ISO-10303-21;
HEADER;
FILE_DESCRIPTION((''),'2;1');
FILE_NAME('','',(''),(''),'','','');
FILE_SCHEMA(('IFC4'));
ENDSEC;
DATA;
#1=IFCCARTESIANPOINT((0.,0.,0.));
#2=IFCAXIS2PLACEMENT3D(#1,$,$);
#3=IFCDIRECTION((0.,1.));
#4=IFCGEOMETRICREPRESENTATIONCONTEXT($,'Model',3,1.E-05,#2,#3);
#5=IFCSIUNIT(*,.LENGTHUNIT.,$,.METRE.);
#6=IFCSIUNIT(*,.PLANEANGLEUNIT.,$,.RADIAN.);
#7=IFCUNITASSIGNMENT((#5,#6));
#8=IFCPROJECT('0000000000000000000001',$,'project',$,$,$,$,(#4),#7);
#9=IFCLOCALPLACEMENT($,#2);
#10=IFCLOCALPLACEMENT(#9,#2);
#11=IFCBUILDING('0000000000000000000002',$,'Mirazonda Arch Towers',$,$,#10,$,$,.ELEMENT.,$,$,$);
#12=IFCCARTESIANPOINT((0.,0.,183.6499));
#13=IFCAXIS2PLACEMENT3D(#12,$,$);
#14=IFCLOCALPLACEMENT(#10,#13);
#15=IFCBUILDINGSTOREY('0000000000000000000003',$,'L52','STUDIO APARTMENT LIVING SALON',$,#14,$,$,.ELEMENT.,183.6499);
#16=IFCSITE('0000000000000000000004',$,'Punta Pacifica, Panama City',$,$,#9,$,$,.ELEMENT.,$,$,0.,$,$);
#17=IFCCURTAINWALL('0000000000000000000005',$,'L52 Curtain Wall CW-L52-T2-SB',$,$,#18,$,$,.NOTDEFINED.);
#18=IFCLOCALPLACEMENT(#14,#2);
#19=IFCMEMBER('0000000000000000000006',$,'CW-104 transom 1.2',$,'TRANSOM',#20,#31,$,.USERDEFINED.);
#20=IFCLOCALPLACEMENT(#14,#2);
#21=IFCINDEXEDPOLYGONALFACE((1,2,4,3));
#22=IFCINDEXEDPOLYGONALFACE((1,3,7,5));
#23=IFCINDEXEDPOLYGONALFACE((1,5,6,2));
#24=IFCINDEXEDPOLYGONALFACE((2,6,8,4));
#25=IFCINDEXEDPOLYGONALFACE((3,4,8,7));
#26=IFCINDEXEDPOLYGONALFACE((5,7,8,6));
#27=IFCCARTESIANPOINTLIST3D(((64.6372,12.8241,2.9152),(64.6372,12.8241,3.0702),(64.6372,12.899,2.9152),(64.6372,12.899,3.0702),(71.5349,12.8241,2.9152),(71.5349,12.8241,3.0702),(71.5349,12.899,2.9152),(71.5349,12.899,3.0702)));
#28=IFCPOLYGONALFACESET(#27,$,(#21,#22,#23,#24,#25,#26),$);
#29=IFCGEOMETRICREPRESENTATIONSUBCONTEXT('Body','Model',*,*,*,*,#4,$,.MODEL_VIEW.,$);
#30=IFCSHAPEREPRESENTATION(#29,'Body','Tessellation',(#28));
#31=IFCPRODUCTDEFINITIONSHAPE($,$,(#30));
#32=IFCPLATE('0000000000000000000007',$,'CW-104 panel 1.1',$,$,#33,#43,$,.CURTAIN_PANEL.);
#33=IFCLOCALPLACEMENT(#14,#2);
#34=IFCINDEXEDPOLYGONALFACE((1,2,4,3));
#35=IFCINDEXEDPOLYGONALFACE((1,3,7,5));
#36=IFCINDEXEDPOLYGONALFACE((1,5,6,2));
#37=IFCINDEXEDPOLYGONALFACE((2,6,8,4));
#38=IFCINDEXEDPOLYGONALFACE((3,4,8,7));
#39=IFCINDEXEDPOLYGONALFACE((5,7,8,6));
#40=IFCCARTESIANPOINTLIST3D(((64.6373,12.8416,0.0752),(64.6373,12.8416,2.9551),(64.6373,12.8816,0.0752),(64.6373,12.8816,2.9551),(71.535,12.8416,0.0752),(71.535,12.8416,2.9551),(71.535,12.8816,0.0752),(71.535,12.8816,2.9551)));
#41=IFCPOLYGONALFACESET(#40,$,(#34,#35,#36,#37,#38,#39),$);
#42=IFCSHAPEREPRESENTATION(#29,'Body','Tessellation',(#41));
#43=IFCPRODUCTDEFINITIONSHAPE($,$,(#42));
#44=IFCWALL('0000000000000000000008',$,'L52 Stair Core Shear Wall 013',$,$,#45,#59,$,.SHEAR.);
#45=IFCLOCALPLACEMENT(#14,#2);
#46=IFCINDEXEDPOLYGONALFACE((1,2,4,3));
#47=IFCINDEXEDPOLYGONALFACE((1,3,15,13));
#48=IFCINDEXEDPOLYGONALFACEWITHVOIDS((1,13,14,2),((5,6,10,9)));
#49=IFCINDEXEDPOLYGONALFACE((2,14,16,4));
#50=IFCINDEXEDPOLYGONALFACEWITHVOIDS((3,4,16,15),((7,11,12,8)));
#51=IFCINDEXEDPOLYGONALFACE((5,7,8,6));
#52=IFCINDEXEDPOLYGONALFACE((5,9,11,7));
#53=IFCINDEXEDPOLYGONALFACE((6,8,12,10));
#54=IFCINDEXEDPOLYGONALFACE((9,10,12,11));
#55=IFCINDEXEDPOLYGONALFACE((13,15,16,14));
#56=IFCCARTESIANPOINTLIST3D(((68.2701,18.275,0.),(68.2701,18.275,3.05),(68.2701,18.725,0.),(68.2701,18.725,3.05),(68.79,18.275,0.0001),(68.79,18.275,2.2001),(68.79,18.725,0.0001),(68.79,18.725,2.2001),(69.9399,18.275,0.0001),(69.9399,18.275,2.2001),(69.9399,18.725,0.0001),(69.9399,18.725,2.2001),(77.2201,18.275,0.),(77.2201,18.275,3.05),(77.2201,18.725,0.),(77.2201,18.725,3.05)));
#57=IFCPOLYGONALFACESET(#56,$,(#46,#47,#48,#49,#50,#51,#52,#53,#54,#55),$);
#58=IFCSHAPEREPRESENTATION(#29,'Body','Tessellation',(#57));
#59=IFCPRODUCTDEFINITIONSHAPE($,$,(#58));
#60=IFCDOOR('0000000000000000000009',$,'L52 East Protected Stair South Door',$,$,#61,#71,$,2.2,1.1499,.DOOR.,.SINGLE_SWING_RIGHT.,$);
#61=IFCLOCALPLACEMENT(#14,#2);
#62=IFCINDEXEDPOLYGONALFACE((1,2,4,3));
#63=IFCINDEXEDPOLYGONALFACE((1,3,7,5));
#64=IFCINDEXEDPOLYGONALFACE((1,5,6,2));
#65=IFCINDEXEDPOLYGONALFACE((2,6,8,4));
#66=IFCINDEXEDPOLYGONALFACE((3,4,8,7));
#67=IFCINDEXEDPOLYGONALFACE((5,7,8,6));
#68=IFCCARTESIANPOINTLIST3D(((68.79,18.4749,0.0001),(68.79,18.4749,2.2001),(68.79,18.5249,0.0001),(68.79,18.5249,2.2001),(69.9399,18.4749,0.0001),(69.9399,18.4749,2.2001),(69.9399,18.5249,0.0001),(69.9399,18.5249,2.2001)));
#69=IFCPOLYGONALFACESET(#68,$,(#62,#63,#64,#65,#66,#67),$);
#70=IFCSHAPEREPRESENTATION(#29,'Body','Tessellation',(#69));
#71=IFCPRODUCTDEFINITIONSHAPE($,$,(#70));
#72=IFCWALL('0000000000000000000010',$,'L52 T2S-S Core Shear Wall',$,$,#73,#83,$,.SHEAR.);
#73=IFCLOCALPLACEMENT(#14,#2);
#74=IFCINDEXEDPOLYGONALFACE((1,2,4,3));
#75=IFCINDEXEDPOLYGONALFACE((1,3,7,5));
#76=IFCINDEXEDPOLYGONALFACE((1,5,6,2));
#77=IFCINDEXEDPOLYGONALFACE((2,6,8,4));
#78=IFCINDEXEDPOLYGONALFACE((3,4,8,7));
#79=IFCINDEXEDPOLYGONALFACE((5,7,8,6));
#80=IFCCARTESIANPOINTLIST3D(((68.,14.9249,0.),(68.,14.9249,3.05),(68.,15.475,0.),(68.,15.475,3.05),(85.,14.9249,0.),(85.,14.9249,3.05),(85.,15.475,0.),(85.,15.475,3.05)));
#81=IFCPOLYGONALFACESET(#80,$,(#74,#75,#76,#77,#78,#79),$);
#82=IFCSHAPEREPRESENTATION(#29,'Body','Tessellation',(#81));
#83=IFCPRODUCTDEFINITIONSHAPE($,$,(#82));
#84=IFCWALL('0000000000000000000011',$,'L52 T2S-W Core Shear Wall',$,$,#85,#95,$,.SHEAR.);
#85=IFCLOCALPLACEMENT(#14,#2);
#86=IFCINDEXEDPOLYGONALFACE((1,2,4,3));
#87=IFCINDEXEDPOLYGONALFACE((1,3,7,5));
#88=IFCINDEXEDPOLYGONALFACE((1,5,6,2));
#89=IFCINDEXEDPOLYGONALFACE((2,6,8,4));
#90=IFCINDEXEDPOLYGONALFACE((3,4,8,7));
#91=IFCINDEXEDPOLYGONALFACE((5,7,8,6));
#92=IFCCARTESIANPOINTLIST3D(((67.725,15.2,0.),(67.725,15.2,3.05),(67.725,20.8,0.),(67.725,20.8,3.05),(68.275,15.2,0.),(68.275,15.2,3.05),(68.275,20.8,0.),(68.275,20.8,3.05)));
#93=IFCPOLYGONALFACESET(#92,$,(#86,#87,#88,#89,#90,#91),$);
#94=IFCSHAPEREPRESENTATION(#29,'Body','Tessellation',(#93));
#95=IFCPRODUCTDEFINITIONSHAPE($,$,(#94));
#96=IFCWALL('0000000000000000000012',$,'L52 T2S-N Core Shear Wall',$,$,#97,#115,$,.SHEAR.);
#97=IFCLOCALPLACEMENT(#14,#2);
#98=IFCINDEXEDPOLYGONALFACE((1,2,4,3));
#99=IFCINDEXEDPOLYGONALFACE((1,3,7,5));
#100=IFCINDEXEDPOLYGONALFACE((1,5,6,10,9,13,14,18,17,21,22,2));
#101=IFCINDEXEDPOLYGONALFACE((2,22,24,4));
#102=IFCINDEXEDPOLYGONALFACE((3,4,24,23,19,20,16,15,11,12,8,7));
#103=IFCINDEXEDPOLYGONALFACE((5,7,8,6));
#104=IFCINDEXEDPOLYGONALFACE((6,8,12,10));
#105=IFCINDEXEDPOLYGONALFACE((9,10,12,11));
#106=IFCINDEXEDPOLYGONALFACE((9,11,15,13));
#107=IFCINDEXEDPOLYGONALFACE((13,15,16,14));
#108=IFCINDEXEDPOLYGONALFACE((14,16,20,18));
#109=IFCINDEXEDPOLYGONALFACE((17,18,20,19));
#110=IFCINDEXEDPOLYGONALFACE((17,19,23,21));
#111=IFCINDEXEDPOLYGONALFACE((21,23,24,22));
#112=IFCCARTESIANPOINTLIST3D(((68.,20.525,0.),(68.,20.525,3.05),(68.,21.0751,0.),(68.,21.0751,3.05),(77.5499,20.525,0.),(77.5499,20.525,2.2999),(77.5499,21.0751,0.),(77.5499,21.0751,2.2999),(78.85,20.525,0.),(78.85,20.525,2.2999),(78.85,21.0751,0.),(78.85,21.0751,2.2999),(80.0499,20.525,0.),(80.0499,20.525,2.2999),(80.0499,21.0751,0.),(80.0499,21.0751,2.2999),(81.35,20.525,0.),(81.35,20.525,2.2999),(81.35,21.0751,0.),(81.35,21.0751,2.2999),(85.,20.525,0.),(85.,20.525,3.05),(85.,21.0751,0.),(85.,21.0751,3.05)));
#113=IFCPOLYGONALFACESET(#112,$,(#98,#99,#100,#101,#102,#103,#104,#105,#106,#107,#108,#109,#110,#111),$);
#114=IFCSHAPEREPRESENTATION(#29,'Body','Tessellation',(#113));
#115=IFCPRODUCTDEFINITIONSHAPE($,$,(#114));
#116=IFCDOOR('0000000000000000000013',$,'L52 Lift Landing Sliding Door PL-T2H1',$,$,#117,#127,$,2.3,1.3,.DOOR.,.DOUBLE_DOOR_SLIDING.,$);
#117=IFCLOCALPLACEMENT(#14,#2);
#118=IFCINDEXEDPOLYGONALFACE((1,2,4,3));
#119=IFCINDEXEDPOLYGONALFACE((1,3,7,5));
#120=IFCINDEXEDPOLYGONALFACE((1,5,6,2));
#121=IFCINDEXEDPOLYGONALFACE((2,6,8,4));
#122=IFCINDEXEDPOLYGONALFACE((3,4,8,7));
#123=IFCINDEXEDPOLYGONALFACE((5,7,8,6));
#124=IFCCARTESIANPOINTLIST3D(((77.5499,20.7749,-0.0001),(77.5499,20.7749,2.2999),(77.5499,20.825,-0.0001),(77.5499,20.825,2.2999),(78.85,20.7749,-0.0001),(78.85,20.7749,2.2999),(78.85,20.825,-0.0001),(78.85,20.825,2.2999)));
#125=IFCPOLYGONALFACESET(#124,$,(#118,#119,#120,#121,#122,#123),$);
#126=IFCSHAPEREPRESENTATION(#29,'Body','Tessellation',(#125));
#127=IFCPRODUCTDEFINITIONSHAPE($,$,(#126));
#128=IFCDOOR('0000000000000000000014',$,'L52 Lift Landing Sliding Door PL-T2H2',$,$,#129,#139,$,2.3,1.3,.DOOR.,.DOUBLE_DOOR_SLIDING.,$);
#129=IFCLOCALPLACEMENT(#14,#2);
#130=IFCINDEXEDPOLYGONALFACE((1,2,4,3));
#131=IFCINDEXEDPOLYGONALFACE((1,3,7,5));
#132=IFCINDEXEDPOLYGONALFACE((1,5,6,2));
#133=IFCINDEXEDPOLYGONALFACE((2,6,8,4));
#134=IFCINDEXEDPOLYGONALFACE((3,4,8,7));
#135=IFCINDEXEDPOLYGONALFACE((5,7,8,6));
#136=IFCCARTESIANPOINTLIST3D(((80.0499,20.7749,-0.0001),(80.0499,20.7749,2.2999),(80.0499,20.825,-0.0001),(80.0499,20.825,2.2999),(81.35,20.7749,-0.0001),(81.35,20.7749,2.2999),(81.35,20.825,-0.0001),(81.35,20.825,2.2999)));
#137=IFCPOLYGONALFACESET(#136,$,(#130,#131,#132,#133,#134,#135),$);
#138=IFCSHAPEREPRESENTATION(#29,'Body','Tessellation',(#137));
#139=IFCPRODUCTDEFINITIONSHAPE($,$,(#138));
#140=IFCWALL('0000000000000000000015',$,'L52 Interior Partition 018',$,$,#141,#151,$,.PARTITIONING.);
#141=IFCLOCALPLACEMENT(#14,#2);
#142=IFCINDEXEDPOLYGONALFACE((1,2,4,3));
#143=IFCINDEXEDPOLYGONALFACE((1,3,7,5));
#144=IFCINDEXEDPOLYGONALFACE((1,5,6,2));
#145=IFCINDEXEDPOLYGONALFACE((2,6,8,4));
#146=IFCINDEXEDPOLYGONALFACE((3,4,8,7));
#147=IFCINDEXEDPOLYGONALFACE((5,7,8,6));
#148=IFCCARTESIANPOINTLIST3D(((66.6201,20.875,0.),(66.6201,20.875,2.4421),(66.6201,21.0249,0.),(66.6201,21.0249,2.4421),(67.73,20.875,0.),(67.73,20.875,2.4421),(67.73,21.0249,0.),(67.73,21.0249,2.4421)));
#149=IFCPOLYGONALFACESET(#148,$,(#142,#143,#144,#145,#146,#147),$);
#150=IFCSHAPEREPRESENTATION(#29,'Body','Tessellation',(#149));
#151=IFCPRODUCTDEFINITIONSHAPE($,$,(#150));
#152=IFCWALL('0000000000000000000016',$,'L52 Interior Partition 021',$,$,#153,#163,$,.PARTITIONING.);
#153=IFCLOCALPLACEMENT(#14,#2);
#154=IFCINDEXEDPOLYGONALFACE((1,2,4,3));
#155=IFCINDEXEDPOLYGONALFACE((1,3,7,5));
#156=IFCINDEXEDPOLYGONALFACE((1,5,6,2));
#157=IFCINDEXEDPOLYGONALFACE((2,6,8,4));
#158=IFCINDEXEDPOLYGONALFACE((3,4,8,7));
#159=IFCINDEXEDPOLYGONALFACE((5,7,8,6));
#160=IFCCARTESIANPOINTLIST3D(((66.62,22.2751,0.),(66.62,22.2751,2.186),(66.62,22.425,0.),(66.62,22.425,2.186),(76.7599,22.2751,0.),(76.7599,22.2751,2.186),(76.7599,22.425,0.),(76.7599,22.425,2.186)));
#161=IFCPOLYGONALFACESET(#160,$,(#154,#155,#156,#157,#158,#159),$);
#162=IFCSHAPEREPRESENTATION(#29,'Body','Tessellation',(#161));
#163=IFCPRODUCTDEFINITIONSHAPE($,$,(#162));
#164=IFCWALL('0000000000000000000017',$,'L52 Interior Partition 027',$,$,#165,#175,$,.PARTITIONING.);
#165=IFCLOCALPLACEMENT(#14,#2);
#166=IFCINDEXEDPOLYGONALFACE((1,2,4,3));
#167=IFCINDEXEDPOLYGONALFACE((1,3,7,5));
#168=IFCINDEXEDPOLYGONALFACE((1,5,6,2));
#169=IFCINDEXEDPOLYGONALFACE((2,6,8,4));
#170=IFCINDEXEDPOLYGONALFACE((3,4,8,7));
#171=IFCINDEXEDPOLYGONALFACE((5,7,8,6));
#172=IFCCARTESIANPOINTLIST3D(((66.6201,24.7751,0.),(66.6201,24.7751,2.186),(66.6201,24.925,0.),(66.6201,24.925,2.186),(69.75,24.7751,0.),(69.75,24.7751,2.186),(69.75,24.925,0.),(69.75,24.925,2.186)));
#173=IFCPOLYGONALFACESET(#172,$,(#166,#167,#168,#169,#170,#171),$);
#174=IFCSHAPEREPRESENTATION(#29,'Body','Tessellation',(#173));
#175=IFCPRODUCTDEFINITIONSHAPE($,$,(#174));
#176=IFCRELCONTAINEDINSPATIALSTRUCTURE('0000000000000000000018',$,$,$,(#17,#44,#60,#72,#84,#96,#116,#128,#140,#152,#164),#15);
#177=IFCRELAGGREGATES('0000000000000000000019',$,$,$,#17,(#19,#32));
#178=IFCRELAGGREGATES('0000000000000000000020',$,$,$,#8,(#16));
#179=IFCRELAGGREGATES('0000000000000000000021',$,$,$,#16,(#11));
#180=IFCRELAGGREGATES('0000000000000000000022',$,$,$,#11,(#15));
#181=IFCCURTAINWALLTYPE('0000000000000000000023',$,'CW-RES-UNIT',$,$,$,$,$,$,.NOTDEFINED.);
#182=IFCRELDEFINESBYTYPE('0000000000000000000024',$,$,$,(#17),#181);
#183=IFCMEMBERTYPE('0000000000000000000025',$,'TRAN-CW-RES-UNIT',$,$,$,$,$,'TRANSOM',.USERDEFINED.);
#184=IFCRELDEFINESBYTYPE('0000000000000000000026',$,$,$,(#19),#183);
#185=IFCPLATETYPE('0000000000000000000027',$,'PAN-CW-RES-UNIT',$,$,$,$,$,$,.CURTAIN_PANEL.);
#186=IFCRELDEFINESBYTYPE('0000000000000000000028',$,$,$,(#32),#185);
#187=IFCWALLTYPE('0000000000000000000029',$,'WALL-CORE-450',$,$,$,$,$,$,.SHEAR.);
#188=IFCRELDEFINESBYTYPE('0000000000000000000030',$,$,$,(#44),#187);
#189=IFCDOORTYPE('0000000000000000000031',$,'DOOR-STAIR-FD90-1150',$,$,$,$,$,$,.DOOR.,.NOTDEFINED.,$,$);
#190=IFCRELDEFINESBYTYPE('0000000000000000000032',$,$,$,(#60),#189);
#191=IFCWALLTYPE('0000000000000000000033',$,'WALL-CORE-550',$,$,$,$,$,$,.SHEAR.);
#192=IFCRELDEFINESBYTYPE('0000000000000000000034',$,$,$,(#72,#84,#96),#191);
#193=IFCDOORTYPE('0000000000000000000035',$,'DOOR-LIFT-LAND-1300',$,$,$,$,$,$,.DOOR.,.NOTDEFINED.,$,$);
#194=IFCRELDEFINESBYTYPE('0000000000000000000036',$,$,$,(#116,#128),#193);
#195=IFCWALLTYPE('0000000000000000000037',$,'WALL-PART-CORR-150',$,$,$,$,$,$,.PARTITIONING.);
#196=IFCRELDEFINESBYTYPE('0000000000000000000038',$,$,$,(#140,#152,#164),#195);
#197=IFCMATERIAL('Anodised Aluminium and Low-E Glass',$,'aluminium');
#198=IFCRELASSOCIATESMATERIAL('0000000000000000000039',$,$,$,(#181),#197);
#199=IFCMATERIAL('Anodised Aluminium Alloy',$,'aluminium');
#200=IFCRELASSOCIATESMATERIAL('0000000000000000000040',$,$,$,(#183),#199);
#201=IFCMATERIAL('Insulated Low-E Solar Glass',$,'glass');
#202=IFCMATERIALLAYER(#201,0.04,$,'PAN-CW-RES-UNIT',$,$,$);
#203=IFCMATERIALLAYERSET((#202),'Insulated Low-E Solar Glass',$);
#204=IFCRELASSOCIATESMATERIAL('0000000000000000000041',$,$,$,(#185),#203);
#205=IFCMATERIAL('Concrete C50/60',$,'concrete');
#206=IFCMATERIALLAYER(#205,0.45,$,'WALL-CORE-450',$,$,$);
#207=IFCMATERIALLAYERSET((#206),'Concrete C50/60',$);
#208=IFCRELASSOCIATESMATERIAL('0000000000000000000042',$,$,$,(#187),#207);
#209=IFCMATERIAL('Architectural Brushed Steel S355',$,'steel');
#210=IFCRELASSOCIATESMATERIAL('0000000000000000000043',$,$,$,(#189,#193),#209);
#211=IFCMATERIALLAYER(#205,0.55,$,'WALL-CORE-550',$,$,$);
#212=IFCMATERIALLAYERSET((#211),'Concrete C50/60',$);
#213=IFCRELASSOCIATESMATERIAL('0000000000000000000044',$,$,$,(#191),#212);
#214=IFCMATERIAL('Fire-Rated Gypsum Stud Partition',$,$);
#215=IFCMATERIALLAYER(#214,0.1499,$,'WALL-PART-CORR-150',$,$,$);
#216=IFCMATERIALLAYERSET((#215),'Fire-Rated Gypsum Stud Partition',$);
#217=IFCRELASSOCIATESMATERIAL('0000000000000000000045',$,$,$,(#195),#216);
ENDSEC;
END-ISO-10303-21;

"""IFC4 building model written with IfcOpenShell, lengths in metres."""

from ifc_helpers import new_model, si_unit, direction, frame, frame_2d, origin, origin_2d, place, context, subcontext, project, spatial, rectangle, extrude, material, layer, layer_set, material_profile, profile_set, type_object, element, fill, aggregate, save


model = new_model("IFC4")

# Units and contexts
model_context = context("Model", 3, precision=1e-05, world=origin(), true_north=direction((0.0, 1.0)))
body_context = subcontext(model_context, "Body", "Model", "MODEL_VIEW")
ifc_project = project(units=[si_unit("LENGTHUNIT", "METRE"), si_unit("PLANEANGLEUNIT", "RADIAN")], contexts=[model_context])

# Site, building, storey
site_placement = place(None, origin())
site = spatial("IfcSite", under=ifc_project, at=site_placement, Name="Punta Pacifica, Panama City", CompositionType="ELEMENT", RefElevation=0.0)
building_placement = place(site_placement, origin())
building = spatial("IfcBuilding", under=site, at=building_placement, Name="Mirazonda Arch Towers", CompositionType="ELEMENT")
storey_placement = place(building_placement, frame((0.0, 0.0, 183.6499)))
storey = spatial("IfcBuildingStorey", under=building, at=storey_placement, Name="L52", Description="STUDIO APARTMENT LIVING SALON", CompositionType="ELEMENT", Elevation=183.6499)

# Shared definitions
ifc_material_1 = material(Name="Concrete C50/60", Category="concrete")

# Curtain wall, member, plate
ifc_material_2 = material(Name="Anodised Aluminium and Low-E Glass", Category="aluminium")
curtain_wall_type = type_object("IfcCurtainWallType", Name="CW-RES-UNIT", PredefinedType="NOTDEFINED", material=ifc_material_2)
curtain_wall_placement = place(storey_placement, origin())
curtain_wall = element("IfcCurtainWall", 1, at=curtain_wall_placement, inside=storey, type_object=curtain_wall_type, Name="L52 Curtain Wall CW-L52-T2-SB", PredefinedType="NOTDEFINED")
ifc_material_3 = material(Name="Anodised Aluminium Alloy", Category="aluminium")
ifc_material_profile_1 = material_profile(ifc_material_3, rectangle(XDim=0.075, YDim=0.155, at=origin_2d()), Name="ALU-TRAN-75x155")
ifc_profile_set_1 = profile_set([ifc_material_profile_1], Name="Anodised Aluminium Alloy")
member_type_1 = type_object("IfcMemberType", Name="TRAN-CW-RES-UNIT", ElementType="TRANSOM", PredefinedType="USERDEFINED", material=ifc_profile_set_1)
member_1_placement = place(storey_placement, frame((71.5349, 12.8616, 2.9927), z_axis=(-1.0, 0.0, 0.0), x_axis=(0.0, -1.0, 0.0)))
member_1 = element("IfcMember", 2, at=member_1_placement, type_object=member_type_1, Name="CW-104 transom 1.2", ObjectType="TRANSOM", PredefinedType="USERDEFINED", context=body_context, shape_type="SweptSolid", body=[
    extrude(rectangle(XDim=0.075, YDim=0.155, at=origin_2d()), origin(), (0.0, 0.0, 1.0), 6.8977),
])
ifc_material_4 = material(Name="Insulated Low-E Solar Glass", Category="glass")
ifc_layer_1 = layer(ifc_material_4, 0.04, Name="PAN-CW-RES-UNIT")
ifc_layer_set_1 = layer_set([ifc_layer_1], Name="Insulated Low-E Solar Glass")
plate_type = type_object("IfcPlateType", Name="PAN-CW-RES-UNIT", PredefinedType="CURTAIN_PANEL", material=ifc_layer_set_1)
plate_placement = place(storey_placement, frame((68.0862, 12.8616, 0.0752), z_axis=(0.0, 0.0, 1.0), x_axis=(-1.0, 0.0, 0.0)))
plate = element("IfcPlate", 3, at=plate_placement, type_object=plate_type, Name="CW-104 panel 1.1", PredefinedType="CURTAIN_PANEL", context=body_context, shape_type="SweptSolid", body=[
    extrude(rectangle(XDim=6.8977, YDim=0.04, at=origin_2d()), origin(), (0.0, 0.0, 1.0), 2.8799),
])
aggregate(curtain_wall, [member_1, plate])

# Wall, opening, door
ifc_layer_2 = layer(ifc_material_1, 0.45, Name="WALL-CORE-450")
ifc_layer_set_2 = layer_set([ifc_layer_2], Name="Concrete C50/60")
wall_type_1 = type_object("IfcWallType", Name="WALL-CORE-450", PredefinedType="SHEAR", material=ifc_layer_set_2)
wall_1_placement = place(storey_placement, frame((68.27, 18.5, 0.0), z_axis=(0.0, 0.0, 1.0), x_axis=(1.0, 0.0, 0.0)))
wall_1 = element("IfcWall", 4, at=wall_1_placement, inside=storey, type_object=wall_type_1, Name="L52 Stair Core Shear Wall 013", PredefinedType="SHEAR", context=body_context, shape_type="SweptSolid", body=[
    extrude(rectangle(XDim=8.95, YDim=0.45, at=frame_2d((4.4751, 0.0))), origin(), (0.0, 0.0, 1.0), 3.05),
])
opening_1_placement = place(wall_1_placement, frame((0.52, 0.0, 0.0)))
opening_1 = element("IfcOpeningElement", 5, at=opening_1_placement, cuts=wall_1, PredefinedType="OPENING", context=body_context, shape_type="SweptSolid", body=[
    extrude(rectangle(XDim=1.1499, YDim=2.2, at=frame_2d((0.575, 1.1001))), frame((0.0, 0.2349, 0.0), z_axis=(0.0, -1.0, 0.0), x_axis=(1.0, 0.0, 0.0)), (0.0, 0.0, 1.0), 0.47),
])
ifc_material_5 = material(Name="Architectural Brushed Steel S355", Category="steel")
door_type_1 = type_object("IfcDoorType", Name="DOOR-STAIR-FD90-1150", OperationType="NOTDEFINED", PredefinedType="DOOR", material=ifc_material_5)
door_1_placement = place(opening_1_placement, origin())
door_1 = element("IfcDoor", 6, at=door_1_placement, inside=storey, type_object=door_type_1, Name="L52 East Protected Stair South Door", OperationType="SINGLE_SWING_RIGHT", OverallHeight=2.2, OverallWidth=1.1499, PredefinedType="DOOR", context=body_context, shape_type="SweptSolid", body=[
    extrude(rectangle(XDim=1.1499, YDim=2.2, at=frame_2d((0.575, 1.1001))), frame((0.0, 0.0249, 0.0), z_axis=(0.0, -1.0, 0.0), x_axis=(1.0, 0.0, 0.0)), (0.0, 0.0, 1.0), 0.05),
])
fill(opening_1, door_1)

# Walls
ifc_layer_3 = layer(ifc_material_1, 0.55, Name="WALL-CORE-550")
ifc_layer_set_3 = layer_set([ifc_layer_3], Name="Concrete C50/60")
wall_type_2 = type_object("IfcWallType", Name="WALL-CORE-550", PredefinedType="SHEAR", material=ifc_layer_set_3)
wall_2_placement = place(storey_placement, frame((68.0, 15.2, 0.0), z_axis=(0.0, 0.0, 1.0), x_axis=(1.0, 0.0, 0.0)))
element("IfcWall", 7, at=wall_2_placement, inside=storey, type_object=wall_type_2, Name="L52 T2S-S Core Shear Wall", PredefinedType="SHEAR", context=body_context, shape_type="SweptSolid", body=[
    extrude(rectangle(XDim=17.0, YDim=0.55, at=frame_2d((8.5, 0.0))), origin(), (0.0, 0.0, 1.0), 3.05),
])
wall_3_placement = place(storey_placement, frame((68.0, 15.2, 0.0), z_axis=(0.0, 0.0, 1.0), x_axis=(0.0, 1.0, 0.0)))
element("IfcWall", 8, at=wall_3_placement, inside=storey, type_object=wall_type_2, Name="L52 T2S-W Core Shear Wall", PredefinedType="SHEAR", context=body_context, shape_type="SweptSolid", body=[
    extrude(rectangle(XDim=5.6001, YDim=0.55, at=frame_2d((2.8, 0.0))), origin(), (0.0, 0.0, 1.0), 3.05),
])

# Wall, openings, doors
wall_4_placement = place(storey_placement, frame((68.0, 20.8, 0.0), z_axis=(0.0, 0.0, 1.0), x_axis=(1.0, 0.0, 0.0)))
wall_4 = element("IfcWall", 9, at=wall_4_placement, inside=storey, type_object=wall_type_2, Name="L52 T2S-N Core Shear Wall", PredefinedType="SHEAR", context=body_context, shape_type="SweptSolid", body=[
    extrude(rectangle(XDim=17.0, YDim=0.55, at=frame_2d((8.5, 0.0))), origin(), (0.0, 0.0, 1.0), 3.05),
])
opening_2_placement = place(wall_4_placement, frame((9.55, 0.0, 0.0)))
opening_2 = element("IfcOpeningElement", 10, at=opening_2_placement, cuts=wall_4, PredefinedType="OPENING", context=body_context, shape_type="SweptSolid", body=[
    extrude(rectangle(XDim=1.3, YDim=2.3, at=frame_2d((0.6499, 1.1499))), frame((0.0, 0.2849, 0.0), z_axis=(0.0, -1.0, 0.0), x_axis=(1.0, 0.0, 0.0)), (0.0, 0.0, 1.0), 0.5701),
])
opening_3_placement = place(wall_4_placement, frame((12.05, 0.0, 0.0)))
opening_3 = element("IfcOpeningElement", 11, at=opening_3_placement, cuts=wall_4, PredefinedType="OPENING", context=body_context, shape_type="SweptSolid", body=[
    extrude(rectangle(XDim=1.3, YDim=2.3, at=frame_2d((0.6499, 1.1499))), frame((0.0, 0.2849, 0.0), z_axis=(0.0, -1.0, 0.0), x_axis=(1.0, 0.0, 0.0)), (0.0, 0.0, 1.0), 0.5701),
])
door_type_2 = type_object("IfcDoorType", Name="DOOR-LIFT-LAND-1300", OperationType="NOTDEFINED", PredefinedType="DOOR", material=ifc_material_5)
door_2_placement = place(opening_2_placement, origin())
door_2 = element("IfcDoor", 12, at=door_2_placement, inside=storey, type_object=door_type_2, Name="L52 Lift Landing Sliding Door PL-T2H1", OperationType="DOUBLE_DOOR_SLIDING", OverallHeight=2.3, OverallWidth=1.3, PredefinedType="DOOR", context=body_context, shape_type="SweptSolid", body=[
    extrude(rectangle(XDim=1.3, YDim=2.3, at=frame_2d((0.6499, 1.1499))), frame((0.0, 0.0249, 0.0), z_axis=(0.0, -1.0, 0.0), x_axis=(1.0, 0.0, 0.0)), (0.0, 0.0, 1.0), 0.05),
])
fill(opening_2, door_2)
door_3_placement = place(opening_3_placement, origin())
door_3 = element("IfcDoor", 13, at=door_3_placement, inside=storey, type_object=door_type_2, Name="L52 Lift Landing Sliding Door PL-T2H2", OperationType="DOUBLE_DOOR_SLIDING", OverallHeight=2.3, OverallWidth=1.3, PredefinedType="DOOR", context=body_context, shape_type="SweptSolid", body=[
    extrude(rectangle(XDim=1.3, YDim=2.3, at=frame_2d((0.6499, 1.1499))), frame((0.0, 0.0249, 0.0), z_axis=(0.0, -1.0, 0.0), x_axis=(1.0, 0.0, 0.0)), (0.0, 0.0, 1.0), 0.05),
])
fill(opening_3, door_3)

# Walls
ifc_material_6 = material(Name="Fire-Rated Gypsum Stud Partition")
ifc_layer_4 = layer(ifc_material_6, 0.1499, Name="WALL-PART-CORR-150")
ifc_layer_set_4 = layer_set([ifc_layer_4], Name="Fire-Rated Gypsum Stud Partition")
wall_type_3 = type_object("IfcWallType", Name="WALL-PART-CORR-150", PredefinedType="PARTITIONING", material=ifc_layer_set_4)
wall_5_placement = place(storey_placement, frame((66.6201, 20.95, 0.0), z_axis=(0.0, 0.0, 1.0), x_axis=(1.0, 0.0, 0.0)))
element("IfcWall", 14, at=wall_5_placement, inside=storey, type_object=wall_type_3, Name="L52 Interior Partition 018", PredefinedType="PARTITIONING", context=body_context, shape_type="SweptSolid", body=[
    extrude(rectangle(XDim=1.1099, YDim=0.1499, at=frame_2d((0.5549, 0.0))), origin(), (0.0, 0.0, 1.0), 2.4421),
])
wall_6_placement = place(storey_placement, frame((66.6201, 22.3501, 0.0), z_axis=(0.0, 0.0, 1.0), x_axis=(1.0, 0.0, 0.0)))
element("IfcWall", 15, at=wall_6_placement, inside=storey, type_object=wall_type_3, Name="L52 Interior Partition 021", PredefinedType="PARTITIONING", context=body_context, shape_type="SweptSolid", body=[
    extrude(rectangle(XDim=10.1399, YDim=0.1499, at=frame_2d((5.0698, 0.0))), origin(), (0.0, 0.0, 1.0), 2.186),
])
wall_7_placement = place(storey_placement, frame((66.6201, 24.8501, 0.0), z_axis=(0.0, 0.0, 1.0), x_axis=(1.0, 0.0, 0.0)))
element("IfcWall", 16, at=wall_7_placement, inside=storey, type_object=wall_type_3, Name="L52 Interior Partition 027", PredefinedType="PARTITIONING", context=body_context, shape_type="SweptSolid", body=[
    extrude(rectangle(XDim=3.1299, YDim=0.1499, at=frame_2d((1.5649, 0.0))), origin(), (0.0, 0.0, 1.0), 2.186),
])

save(model, "model.ifc")
